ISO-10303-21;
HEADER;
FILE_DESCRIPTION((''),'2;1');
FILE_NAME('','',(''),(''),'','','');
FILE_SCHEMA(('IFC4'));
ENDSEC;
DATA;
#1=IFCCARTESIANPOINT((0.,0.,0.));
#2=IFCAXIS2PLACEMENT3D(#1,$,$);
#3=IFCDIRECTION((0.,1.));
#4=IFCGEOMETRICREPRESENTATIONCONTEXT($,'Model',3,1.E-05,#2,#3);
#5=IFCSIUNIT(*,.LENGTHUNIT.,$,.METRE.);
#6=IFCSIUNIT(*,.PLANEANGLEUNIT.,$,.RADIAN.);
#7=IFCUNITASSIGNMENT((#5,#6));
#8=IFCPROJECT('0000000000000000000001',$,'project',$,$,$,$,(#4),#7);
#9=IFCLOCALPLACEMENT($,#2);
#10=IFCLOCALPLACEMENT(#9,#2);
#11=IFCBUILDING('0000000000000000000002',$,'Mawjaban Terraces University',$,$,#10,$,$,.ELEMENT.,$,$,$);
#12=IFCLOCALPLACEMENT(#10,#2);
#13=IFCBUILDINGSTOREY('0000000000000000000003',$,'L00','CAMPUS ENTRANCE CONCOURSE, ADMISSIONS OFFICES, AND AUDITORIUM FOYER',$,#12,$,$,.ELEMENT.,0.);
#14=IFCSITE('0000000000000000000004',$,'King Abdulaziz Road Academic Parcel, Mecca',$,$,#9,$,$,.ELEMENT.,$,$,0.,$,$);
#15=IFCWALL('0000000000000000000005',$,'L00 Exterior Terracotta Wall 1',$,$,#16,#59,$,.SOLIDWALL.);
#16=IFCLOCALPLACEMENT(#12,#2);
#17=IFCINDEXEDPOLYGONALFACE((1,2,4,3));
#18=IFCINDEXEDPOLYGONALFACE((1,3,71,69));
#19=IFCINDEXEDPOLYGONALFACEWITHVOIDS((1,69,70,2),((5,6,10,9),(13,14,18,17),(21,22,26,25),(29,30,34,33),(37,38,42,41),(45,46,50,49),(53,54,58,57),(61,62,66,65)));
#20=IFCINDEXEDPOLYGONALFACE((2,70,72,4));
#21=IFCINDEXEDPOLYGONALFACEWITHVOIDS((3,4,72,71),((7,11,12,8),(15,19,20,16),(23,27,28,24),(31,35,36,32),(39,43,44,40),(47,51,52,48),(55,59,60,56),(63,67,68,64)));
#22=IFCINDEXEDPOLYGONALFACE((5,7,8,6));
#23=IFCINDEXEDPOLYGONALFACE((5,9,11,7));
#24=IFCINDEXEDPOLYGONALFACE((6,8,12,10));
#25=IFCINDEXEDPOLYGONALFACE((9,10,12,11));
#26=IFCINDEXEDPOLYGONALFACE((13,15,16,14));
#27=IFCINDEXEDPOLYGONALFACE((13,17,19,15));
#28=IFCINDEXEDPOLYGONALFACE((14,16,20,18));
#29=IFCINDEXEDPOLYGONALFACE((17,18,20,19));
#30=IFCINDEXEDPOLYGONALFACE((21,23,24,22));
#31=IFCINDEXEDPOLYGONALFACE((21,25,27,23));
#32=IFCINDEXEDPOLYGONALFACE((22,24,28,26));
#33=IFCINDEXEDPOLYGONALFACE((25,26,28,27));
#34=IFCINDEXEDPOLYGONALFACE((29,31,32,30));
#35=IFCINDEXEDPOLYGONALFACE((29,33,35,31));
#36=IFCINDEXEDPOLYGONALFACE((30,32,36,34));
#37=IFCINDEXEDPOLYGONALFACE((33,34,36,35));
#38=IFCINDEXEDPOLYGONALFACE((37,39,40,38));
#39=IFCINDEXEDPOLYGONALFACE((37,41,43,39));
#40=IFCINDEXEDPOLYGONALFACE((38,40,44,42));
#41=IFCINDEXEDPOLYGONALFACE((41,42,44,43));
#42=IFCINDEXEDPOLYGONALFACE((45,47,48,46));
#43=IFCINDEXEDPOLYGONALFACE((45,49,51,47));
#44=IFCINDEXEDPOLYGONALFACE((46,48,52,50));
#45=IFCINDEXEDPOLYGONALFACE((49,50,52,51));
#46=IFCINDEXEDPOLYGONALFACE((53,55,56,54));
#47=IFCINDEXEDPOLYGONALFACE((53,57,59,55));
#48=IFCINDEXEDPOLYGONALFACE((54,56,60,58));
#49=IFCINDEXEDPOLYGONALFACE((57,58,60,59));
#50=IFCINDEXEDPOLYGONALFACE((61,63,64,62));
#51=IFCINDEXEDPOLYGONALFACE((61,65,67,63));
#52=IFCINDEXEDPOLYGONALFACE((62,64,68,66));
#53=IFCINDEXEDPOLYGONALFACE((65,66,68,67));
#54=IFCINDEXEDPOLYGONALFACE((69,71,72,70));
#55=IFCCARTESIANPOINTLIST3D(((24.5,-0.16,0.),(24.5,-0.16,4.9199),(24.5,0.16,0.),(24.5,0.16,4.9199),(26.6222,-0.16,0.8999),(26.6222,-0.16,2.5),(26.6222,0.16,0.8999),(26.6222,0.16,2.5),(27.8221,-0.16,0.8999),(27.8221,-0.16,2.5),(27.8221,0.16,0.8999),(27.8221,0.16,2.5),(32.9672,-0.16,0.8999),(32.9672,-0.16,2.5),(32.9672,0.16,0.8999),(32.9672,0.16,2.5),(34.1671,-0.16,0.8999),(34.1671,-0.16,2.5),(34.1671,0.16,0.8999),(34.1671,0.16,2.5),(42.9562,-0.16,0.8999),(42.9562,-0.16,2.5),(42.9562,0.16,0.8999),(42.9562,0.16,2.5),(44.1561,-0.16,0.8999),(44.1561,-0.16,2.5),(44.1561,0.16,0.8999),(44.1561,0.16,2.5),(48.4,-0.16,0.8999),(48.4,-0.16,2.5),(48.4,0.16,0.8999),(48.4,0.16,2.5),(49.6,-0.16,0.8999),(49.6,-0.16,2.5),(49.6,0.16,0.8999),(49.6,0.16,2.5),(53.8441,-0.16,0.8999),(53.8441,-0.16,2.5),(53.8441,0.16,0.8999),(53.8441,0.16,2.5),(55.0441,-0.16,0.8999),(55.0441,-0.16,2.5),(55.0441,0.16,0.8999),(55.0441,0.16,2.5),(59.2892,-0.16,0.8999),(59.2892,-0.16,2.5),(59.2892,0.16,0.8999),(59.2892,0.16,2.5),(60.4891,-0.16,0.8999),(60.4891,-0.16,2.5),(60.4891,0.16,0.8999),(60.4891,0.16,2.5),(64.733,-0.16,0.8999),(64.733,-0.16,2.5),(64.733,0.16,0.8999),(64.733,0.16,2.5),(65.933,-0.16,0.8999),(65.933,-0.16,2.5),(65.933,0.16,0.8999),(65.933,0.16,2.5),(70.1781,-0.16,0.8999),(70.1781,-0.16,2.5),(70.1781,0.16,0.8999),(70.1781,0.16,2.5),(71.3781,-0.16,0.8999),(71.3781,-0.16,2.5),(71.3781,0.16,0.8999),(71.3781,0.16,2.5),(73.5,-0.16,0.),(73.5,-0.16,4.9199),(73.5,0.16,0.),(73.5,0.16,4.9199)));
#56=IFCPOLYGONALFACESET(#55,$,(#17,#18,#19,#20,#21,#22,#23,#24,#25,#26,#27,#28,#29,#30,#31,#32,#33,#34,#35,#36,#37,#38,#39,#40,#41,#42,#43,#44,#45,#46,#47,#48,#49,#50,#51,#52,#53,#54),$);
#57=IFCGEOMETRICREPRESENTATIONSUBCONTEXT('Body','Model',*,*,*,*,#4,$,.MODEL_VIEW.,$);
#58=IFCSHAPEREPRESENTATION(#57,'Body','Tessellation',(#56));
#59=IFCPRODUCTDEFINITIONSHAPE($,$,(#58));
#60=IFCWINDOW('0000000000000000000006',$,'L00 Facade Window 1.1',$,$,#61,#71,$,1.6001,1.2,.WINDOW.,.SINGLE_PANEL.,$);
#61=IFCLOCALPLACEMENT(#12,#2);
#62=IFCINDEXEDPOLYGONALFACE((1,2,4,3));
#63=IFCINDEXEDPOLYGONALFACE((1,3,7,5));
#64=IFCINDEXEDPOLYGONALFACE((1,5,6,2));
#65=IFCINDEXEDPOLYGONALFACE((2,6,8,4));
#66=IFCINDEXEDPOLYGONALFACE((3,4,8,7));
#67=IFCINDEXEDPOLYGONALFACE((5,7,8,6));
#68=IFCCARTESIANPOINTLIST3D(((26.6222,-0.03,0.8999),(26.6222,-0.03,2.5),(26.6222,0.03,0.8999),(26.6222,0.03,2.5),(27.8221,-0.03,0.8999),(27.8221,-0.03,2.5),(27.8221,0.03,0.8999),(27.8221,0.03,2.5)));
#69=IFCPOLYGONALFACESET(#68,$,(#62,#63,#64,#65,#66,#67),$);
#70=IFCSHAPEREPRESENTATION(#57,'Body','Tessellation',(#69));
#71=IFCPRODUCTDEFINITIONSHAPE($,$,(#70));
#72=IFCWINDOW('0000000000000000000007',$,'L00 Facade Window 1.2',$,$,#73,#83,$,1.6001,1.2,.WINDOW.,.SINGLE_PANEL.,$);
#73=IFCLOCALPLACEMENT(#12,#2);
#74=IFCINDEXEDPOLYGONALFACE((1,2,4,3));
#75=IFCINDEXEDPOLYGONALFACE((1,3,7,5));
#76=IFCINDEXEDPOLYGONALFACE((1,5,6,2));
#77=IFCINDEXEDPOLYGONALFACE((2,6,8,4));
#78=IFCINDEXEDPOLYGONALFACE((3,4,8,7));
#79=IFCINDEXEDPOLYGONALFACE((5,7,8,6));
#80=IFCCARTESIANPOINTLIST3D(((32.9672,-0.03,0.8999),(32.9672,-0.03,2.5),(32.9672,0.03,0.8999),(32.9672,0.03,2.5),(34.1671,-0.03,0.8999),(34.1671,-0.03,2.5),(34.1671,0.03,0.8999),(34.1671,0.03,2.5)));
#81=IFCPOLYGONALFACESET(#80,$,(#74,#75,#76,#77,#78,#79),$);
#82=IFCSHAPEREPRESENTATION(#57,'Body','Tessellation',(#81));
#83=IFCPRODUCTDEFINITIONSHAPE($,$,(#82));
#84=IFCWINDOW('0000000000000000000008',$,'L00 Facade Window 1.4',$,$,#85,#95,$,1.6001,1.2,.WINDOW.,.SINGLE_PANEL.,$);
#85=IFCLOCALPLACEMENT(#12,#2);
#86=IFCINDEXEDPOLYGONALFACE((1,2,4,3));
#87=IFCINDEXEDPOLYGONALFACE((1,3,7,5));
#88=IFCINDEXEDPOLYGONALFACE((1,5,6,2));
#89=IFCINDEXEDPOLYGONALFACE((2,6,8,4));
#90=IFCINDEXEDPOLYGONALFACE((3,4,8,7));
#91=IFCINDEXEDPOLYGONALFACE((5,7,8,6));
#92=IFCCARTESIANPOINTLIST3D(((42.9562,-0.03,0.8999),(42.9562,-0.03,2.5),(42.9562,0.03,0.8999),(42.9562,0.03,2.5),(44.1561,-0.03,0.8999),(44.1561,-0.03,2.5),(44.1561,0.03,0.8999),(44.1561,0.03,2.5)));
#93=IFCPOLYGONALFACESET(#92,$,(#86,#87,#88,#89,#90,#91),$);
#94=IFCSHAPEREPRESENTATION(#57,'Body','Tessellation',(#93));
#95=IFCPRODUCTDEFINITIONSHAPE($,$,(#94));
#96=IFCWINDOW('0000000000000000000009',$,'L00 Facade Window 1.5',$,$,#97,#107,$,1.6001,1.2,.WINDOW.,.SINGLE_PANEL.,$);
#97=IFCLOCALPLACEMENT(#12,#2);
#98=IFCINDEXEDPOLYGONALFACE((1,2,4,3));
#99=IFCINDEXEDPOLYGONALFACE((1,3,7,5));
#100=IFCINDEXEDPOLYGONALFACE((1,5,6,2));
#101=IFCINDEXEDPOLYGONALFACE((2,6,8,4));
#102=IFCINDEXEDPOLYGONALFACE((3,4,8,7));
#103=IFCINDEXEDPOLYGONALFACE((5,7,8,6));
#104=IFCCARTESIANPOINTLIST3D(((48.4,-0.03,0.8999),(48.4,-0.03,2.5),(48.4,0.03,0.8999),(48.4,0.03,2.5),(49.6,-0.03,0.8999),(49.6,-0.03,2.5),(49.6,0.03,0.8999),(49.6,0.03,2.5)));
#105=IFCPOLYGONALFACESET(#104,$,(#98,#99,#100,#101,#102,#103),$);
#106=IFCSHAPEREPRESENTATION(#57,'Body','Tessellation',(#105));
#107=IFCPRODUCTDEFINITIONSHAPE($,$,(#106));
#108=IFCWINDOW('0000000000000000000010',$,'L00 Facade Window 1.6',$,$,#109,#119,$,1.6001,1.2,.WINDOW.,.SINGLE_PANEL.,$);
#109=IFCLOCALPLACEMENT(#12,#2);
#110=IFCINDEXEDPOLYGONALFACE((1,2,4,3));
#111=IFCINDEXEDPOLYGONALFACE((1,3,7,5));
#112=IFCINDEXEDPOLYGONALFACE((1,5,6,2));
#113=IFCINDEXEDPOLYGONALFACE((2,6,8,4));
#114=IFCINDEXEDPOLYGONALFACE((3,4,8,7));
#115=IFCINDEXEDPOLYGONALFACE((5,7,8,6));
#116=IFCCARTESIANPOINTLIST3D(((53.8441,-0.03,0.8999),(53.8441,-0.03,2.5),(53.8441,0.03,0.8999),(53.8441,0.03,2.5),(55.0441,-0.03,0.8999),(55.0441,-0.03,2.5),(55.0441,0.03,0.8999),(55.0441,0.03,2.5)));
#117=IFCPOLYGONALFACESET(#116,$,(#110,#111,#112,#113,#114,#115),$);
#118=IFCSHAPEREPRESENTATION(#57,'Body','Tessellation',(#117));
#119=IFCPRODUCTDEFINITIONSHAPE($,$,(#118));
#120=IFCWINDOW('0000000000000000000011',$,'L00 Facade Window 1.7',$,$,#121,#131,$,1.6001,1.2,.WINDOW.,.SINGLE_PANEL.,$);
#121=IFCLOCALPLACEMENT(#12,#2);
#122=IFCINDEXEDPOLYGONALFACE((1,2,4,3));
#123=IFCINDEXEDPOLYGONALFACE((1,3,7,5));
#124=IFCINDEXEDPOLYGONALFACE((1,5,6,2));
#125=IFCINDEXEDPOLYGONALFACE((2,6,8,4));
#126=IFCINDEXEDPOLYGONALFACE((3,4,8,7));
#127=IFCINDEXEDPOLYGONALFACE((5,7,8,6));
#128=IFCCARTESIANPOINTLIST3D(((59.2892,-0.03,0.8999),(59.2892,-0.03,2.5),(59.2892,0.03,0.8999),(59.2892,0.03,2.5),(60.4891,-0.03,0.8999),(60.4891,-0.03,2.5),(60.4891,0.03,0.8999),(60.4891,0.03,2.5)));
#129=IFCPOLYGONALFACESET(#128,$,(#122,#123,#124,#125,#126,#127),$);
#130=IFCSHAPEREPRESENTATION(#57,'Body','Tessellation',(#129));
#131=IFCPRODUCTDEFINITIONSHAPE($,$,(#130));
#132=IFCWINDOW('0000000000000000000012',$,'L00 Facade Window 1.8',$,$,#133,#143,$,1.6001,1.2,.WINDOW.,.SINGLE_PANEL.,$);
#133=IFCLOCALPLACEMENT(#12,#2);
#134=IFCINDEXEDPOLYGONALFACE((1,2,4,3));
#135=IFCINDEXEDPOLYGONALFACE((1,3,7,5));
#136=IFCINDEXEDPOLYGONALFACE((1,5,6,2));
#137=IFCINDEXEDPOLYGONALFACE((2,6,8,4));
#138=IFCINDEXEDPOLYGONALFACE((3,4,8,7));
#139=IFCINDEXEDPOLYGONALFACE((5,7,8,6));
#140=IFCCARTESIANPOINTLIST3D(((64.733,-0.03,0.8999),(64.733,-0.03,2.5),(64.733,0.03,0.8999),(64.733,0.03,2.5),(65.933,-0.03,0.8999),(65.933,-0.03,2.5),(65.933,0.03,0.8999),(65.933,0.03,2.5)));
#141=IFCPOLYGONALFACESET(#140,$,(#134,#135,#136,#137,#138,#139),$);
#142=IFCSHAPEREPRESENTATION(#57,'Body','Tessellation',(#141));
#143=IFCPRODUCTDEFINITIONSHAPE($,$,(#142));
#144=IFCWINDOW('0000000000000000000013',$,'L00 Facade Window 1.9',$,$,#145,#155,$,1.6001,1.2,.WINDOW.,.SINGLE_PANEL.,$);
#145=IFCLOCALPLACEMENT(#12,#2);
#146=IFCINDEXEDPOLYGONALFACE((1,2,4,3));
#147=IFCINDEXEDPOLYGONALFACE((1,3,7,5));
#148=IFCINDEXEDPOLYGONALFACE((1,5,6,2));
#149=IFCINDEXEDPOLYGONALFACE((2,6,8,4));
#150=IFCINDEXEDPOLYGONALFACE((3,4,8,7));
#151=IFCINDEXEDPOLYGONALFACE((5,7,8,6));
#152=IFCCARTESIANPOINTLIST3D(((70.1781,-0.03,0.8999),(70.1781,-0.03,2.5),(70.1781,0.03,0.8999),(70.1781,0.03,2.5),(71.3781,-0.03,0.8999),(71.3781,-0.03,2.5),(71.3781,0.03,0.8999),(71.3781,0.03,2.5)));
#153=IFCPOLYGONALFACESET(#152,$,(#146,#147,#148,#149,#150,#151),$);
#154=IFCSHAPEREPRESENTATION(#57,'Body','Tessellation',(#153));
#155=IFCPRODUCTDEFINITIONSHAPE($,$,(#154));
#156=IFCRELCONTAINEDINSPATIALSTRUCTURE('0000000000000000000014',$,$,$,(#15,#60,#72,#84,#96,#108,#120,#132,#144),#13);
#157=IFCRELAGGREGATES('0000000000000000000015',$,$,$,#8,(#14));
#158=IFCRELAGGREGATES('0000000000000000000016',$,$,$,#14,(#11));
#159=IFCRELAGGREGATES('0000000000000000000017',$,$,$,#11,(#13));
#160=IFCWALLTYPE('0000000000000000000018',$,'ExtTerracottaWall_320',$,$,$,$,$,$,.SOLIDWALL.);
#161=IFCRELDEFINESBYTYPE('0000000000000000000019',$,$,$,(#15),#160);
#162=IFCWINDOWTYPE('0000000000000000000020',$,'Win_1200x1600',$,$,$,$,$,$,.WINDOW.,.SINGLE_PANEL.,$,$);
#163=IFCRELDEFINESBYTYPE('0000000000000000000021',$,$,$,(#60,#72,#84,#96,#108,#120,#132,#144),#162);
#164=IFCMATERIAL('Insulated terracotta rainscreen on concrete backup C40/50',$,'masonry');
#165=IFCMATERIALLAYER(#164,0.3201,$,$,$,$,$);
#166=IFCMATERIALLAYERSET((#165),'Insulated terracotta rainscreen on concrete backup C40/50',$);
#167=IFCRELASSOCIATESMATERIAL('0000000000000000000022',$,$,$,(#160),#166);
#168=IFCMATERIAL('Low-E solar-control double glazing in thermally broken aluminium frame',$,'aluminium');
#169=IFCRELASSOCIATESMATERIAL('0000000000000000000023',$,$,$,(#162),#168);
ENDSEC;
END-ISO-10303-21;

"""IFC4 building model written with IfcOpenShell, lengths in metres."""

from ifc_helpers import new_model, si_unit, direction, frame, frame_2d, origin, place, context, subcontext, project, spatial, rectangle, extrude, material, layer, layer_set, type_object, element, fill, save


model = new_model("IFC4")

# Units and contexts
model_context = context("Model", 3, precision=1e-05, world=origin(), true_north=direction((0.0, 1.0)))
body_context = subcontext(model_context, "Body", "Model", "MODEL_VIEW")
ifc_project = project(units=[si_unit("LENGTHUNIT", "METRE"), si_unit("PLANEANGLEUNIT", "RADIAN")], contexts=[model_context])

# Site, building, storey
site_placement = place(None, origin())
site = spatial("IfcSite", under=ifc_project, at=site_placement, Name="King Abdulaziz Road Academic Parcel, Mecca", CompositionType="ELEMENT", RefElevation=0.0)
building_placement = place(site_placement, origin())
building = spatial("IfcBuilding", under=site, at=building_placement, Name="Mawjaban Terraces University", CompositionType="ELEMENT")
storey_placement = place(building_placement, origin())
storey = spatial("IfcBuildingStorey", under=building, at=storey_placement, Name="L00", Description="CAMPUS ENTRANCE CONCOURSE, ADMISSIONS OFFICES, AND AUDITORIUM FOYER", CompositionType="ELEMENT", Elevation=0.0)

# Wall, openings, windows
ifc_material_1 = material(Name="Insulated terracotta rainscreen on concrete backup C40/50", Category="masonry")
ifc_layer_1 = layer(ifc_material_1, 0.3201)
ifc_layer_set_1 = layer_set([ifc_layer_1], Name="Insulated terracotta rainscreen on concrete backup C40/50")
wall_type_1 = type_object("IfcWallType", Name="ExtTerracottaWall_320", PredefinedType="SOLIDWALL", material=ifc_layer_set_1)
wall_1_placement = place(storey_placement, frame((24.5, 0.0, 0.0), z_axis=(0.0, 0.0, 1.0), x_axis=(1.0, 0.0, 0.0)))
wall_1 = element("IfcWall", 1, at=wall_1_placement, inside=storey, type_object=wall_type_1, Name="L00 Exterior Terracotta Wall 1", PredefinedType="SOLIDWALL", context=body_context, shape_type="SweptSolid", body=[
    extrude(rectangle(XDim=49.0, YDim=0.3201, at=frame_2d((24.5, 0.0))), origin(), (0.0, 0.0, 1.0), 4.9199),
])
opening_1_placement = place(wall_1_placement, frame((2.1221, 0.0, 0.8999)))
opening_1 = element("IfcOpeningElement", 2, at=opening_1_placement, cuts=wall_1, PredefinedType="OPENING", context=body_context, shape_type="SweptSolid", body=[
    extrude(rectangle(XDim=1.2, YDim=1.6001, at=frame_2d((0.6001, 0.8))), frame((0.0, 0.1699, 0.0), z_axis=(0.0, -1.0, 0.0), x_axis=(1.0, 0.0, 0.0)), (0.0, 0.0, 1.0), 0.3401),
])
opening_2_placement = place(wall_1_placement, frame((8.467, 0.0, 0.8999)))
opening_2 = element("IfcOpeningElement", 3, at=opening_2_placement, cuts=wall_1, PredefinedType="OPENING", context=body_context, shape_type="SweptSolid", body=[
    extrude(rectangle(XDim=1.2, YDim=1.6001, at=frame_2d((0.6001, 0.8))), frame((0.0, 0.1699, 0.0), z_axis=(0.0, -1.0, 0.0), x_axis=(1.0, 0.0, 0.0)), (0.0, 0.0, 1.0), 0.3401),
])
opening_3_placement = place(wall_1_placement, frame((18.4561, 0.0, 0.8999)))
opening_3 = element("IfcOpeningElement", 4, at=opening_3_placement, cuts=wall_1, PredefinedType="OPENING", context=body_context, shape_type="SweptSolid", body=[
    extrude(rectangle(XDim=1.2, YDim=1.6001, at=frame_2d((0.6001, 0.8))), frame((0.0, 0.1699, 0.0), z_axis=(0.0, -1.0, 0.0), x_axis=(1.0, 0.0, 0.0)), (0.0, 0.0, 1.0), 0.3401),
])
opening_4_placement = place(wall_1_placement, frame((23.8999, 0.0, 0.8999)))
opening_4 = element("IfcOpeningElement", 5, at=opening_4_placement, cuts=wall_1, PredefinedType="OPENING", context=body_context, shape_type="SweptSolid", body=[
    extrude(rectangle(XDim=1.2, YDim=1.6001, at=frame_2d((0.6001, 0.8))), frame((0.0, 0.1699, 0.0), z_axis=(0.0, -1.0, 0.0), x_axis=(1.0, 0.0, 0.0)), (0.0, 0.0, 1.0), 0.3401),
])
opening_5_placement = place(wall_1_placement, frame((29.344, 0.0, 0.8999)))
opening_5 = element("IfcOpeningElement", 6, at=opening_5_placement, cuts=wall_1, PredefinedType="OPENING", context=body_context, shape_type="SweptSolid", body=[
    extrude(rectangle(XDim=1.2, YDim=1.6001, at=frame_2d((0.6001, 0.8))), frame((0.0, 0.1699, 0.0), z_axis=(0.0, -1.0, 0.0), x_axis=(1.0, 0.0, 0.0)), (0.0, 0.0, 1.0), 0.3401),
])
opening_6_placement = place(wall_1_placement, frame((34.7891, 0.0, 0.8999)))
opening_6 = element("IfcOpeningElement", 7, at=opening_6_placement, cuts=wall_1, PredefinedType="OPENING", context=body_context, shape_type="SweptSolid", body=[
    extrude(rectangle(XDim=1.2, YDim=1.6001, at=frame_2d((0.6001, 0.8))), frame((0.0, 0.1699, 0.0), z_axis=(0.0, -1.0, 0.0), x_axis=(1.0, 0.0, 0.0)), (0.0, 0.0, 1.0), 0.3401),
])
opening_7_placement = place(wall_1_placement, frame((40.2329, 0.0, 0.8999)))
opening_7 = element("IfcOpeningElement", 8, at=opening_7_placement, cuts=wall_1, PredefinedType="OPENING", context=body_context, shape_type="SweptSolid", body=[
    extrude(rectangle(XDim=1.2, YDim=1.6001, at=frame_2d((0.6001, 0.8))), frame((0.0, 0.1699, 0.0), z_axis=(0.0, -1.0, 0.0), x_axis=(1.0, 0.0, 0.0)), (0.0, 0.0, 1.0), 0.3401),
])
opening_8_placement = place(wall_1_placement, frame((45.678, 0.0, 0.8999)))
opening_8 = element("IfcOpeningElement", 9, at=opening_8_placement, cuts=wall_1, PredefinedType="OPENING", context=body_context, shape_type="SweptSolid", body=[
    extrude(rectangle(XDim=1.2, YDim=1.6001, at=frame_2d((0.6001, 0.8))), frame((0.0, 0.1699, 0.0), z_axis=(0.0, -1.0, 0.0), x_axis=(1.0, 0.0, 0.0)), (0.0, 0.0, 1.0), 0.3401),
])
ifc_material_2 = material(Name="Low-E solar-control double glazing in thermally broken aluminium frame", Category="aluminium")
window_type = type_object("IfcWindowType", Name="Win_1200x1600", PartitioningType="SINGLE_PANEL", PredefinedType="WINDOW", material=ifc_material_2)
window_1_placement = place(opening_1_placement, origin())
window_1 = element("IfcWindow", 10, at=window_1_placement, inside=storey, type_object=window_type, Name="L00 Facade Window 1.1", OverallHeight=1.6001, OverallWidth=1.2, PartitioningType="SINGLE_PANEL", PredefinedType="WINDOW", context=body_context, shape_type="SweptSolid", body=[
    extrude(rectangle(XDim=1.2, YDim=1.6001, at=frame_2d((0.6001, 0.8))), frame((0.0, 0.03, 0.0), z_axis=(0.0, -1.0, 0.0), x_axis=(1.0, 0.0, 0.0)), (0.0, 0.0, 1.0), 0.0601),
])
fill(opening_1, window_1)
window_2_placement = place(opening_2_placement, origin())
window_2 = element("IfcWindow", 11, at=window_2_placement, inside=storey, type_object=window_type, Name="L00 Facade Window 1.2", OverallHeight=1.6001, OverallWidth=1.2, PartitioningType="SINGLE_PANEL", PredefinedType="WINDOW", context=body_context, shape_type="SweptSolid", body=[
    extrude(rectangle(XDim=1.2, YDim=1.6001, at=frame_2d((0.6001, 0.8))), frame((0.0, 0.03, 0.0), z_axis=(0.0, -1.0, 0.0), x_axis=(1.0, 0.0, 0.0)), (0.0, 0.0, 1.0), 0.0601),
])
fill(opening_2, window_2)
window_3_placement = place(opening_3_placement, origin())
window_3 = element("IfcWindow", 12, at=window_3_placement, inside=storey, type_object=window_type, Name="L00 Facade Window 1.4", OverallHeight=1.6001, OverallWidth=1.2, PartitioningType="SINGLE_PANEL", PredefinedType="WINDOW", context=body_context, shape_type="SweptSolid", body=[
    extrude(rectangle(XDim=1.2, YDim=1.6001, at=frame_2d((0.6001, 0.8))), frame((0.0, 0.03, 0.0), z_axis=(0.0, -1.0, 0.0), x_axis=(1.0, 0.0, 0.0)), (0.0, 0.0, 1.0), 0.0601),
])
fill(opening_3, window_3)
window_4_placement = place(opening_4_placement, origin())
window_4 = element("IfcWindow", 13, at=window_4_placement, inside=storey, type_object=window_type, Name="L00 Facade Window 1.5", OverallHeight=1.6001, OverallWidth=1.2, PartitioningType="SINGLE_PANEL", PredefinedType="WINDOW", context=body_context, shape_type="SweptSolid", body=[
    extrude(rectangle(XDim=1.2, YDim=1.6001, at=frame_2d((0.6001, 0.8))), frame((0.0, 0.03, 0.0), z_axis=(0.0, -1.0, 0.0), x_axis=(1.0, 0.0, 0.0)), (0.0, 0.0, 1.0), 0.0601),
])
fill(opening_4, window_4)
window_5_placement = place(opening_5_placement, origin())
window_5 = element("IfcWindow", 14, at=window_5_placement, inside=storey, type_object=window_type, Name="L00 Facade Window 1.6", OverallHeight=1.6001, OverallWidth=1.2, PartitioningType="SINGLE_PANEL", PredefinedType="WINDOW", context=body_context, shape_type="SweptSolid", body=[
    extrude(rectangle(XDim=1.2, YDim=1.6001, at=frame_2d((0.6001, 0.8))), frame((0.0, 0.03, 0.0), z_axis=(0.0, -1.0, 0.0), x_axis=(1.0, 0.0, 0.0)), (0.0, 0.0, 1.0), 0.0601),
])
fill(opening_5, window_5)
window_6_placement = place(opening_6_placement, origin())
window_6 = element("IfcWindow", 15, at=window_6_placement, inside=storey, type_object=window_type, Name="L00 Facade Window 1.7", OverallHeight=1.6001, OverallWidth=1.2, PartitioningType="SINGLE_PANEL", PredefinedType="WINDOW", context=body_context, shape_type="SweptSolid", body=[
    extrude(rectangle(XDim=1.2, YDim=1.6001, at=frame_2d((0.6001, 0.8))), frame((0.0, 0.03, 0.0), z_axis=(0.0, -1.0, 0.0), x_axis=(1.0, 0.0, 0.0)), (0.0, 0.0, 1.0), 0.0601),
])
fill(opening_6, window_6)
window_7_placement = place(opening_7_placement, origin())
window_7 = element("IfcWindow", 16, at=window_7_placement, inside=storey, type_object=window_type, Name="L00 Facade Window 1.8", OverallHeight=1.6001, OverallWidth=1.2, PartitioningType="SINGLE_PANEL", PredefinedType="WINDOW", context=body_context, shape_type="SweptSolid", body=[
    extrude(rectangle(XDim=1.2, YDim=1.6001, at=frame_2d((0.6001, 0.8))), frame((0.0, 0.03, 0.0), z_axis=(0.0, -1.0, 0.0), x_axis=(1.0, 0.0, 0.0)), (0.0, 0.0, 1.0), 0.0601),
])
fill(opening_7, window_7)
window_8_placement = place(opening_8_placement, origin())
window_8 = element("IfcWindow", 17, at=window_8_placement, inside=storey, type_object=window_type, Name="L00 Facade Window 1.9", OverallHeight=1.6001, OverallWidth=1.2, PartitioningType="SINGLE_PANEL", PredefinedType="WINDOW", context=body_context, shape_type="SweptSolid", body=[
    extrude(rectangle(XDim=1.2, YDim=1.6001, at=frame_2d((0.6001, 0.8))), frame((0.0, 0.03, 0.0), z_axis=(0.0, -1.0, 0.0), x_axis=(1.0, 0.0, 0.0)), (0.0, 0.0, 1.0), 0.0601),
])
fill(opening_8, window_8)

save(model, "model.ifc")
